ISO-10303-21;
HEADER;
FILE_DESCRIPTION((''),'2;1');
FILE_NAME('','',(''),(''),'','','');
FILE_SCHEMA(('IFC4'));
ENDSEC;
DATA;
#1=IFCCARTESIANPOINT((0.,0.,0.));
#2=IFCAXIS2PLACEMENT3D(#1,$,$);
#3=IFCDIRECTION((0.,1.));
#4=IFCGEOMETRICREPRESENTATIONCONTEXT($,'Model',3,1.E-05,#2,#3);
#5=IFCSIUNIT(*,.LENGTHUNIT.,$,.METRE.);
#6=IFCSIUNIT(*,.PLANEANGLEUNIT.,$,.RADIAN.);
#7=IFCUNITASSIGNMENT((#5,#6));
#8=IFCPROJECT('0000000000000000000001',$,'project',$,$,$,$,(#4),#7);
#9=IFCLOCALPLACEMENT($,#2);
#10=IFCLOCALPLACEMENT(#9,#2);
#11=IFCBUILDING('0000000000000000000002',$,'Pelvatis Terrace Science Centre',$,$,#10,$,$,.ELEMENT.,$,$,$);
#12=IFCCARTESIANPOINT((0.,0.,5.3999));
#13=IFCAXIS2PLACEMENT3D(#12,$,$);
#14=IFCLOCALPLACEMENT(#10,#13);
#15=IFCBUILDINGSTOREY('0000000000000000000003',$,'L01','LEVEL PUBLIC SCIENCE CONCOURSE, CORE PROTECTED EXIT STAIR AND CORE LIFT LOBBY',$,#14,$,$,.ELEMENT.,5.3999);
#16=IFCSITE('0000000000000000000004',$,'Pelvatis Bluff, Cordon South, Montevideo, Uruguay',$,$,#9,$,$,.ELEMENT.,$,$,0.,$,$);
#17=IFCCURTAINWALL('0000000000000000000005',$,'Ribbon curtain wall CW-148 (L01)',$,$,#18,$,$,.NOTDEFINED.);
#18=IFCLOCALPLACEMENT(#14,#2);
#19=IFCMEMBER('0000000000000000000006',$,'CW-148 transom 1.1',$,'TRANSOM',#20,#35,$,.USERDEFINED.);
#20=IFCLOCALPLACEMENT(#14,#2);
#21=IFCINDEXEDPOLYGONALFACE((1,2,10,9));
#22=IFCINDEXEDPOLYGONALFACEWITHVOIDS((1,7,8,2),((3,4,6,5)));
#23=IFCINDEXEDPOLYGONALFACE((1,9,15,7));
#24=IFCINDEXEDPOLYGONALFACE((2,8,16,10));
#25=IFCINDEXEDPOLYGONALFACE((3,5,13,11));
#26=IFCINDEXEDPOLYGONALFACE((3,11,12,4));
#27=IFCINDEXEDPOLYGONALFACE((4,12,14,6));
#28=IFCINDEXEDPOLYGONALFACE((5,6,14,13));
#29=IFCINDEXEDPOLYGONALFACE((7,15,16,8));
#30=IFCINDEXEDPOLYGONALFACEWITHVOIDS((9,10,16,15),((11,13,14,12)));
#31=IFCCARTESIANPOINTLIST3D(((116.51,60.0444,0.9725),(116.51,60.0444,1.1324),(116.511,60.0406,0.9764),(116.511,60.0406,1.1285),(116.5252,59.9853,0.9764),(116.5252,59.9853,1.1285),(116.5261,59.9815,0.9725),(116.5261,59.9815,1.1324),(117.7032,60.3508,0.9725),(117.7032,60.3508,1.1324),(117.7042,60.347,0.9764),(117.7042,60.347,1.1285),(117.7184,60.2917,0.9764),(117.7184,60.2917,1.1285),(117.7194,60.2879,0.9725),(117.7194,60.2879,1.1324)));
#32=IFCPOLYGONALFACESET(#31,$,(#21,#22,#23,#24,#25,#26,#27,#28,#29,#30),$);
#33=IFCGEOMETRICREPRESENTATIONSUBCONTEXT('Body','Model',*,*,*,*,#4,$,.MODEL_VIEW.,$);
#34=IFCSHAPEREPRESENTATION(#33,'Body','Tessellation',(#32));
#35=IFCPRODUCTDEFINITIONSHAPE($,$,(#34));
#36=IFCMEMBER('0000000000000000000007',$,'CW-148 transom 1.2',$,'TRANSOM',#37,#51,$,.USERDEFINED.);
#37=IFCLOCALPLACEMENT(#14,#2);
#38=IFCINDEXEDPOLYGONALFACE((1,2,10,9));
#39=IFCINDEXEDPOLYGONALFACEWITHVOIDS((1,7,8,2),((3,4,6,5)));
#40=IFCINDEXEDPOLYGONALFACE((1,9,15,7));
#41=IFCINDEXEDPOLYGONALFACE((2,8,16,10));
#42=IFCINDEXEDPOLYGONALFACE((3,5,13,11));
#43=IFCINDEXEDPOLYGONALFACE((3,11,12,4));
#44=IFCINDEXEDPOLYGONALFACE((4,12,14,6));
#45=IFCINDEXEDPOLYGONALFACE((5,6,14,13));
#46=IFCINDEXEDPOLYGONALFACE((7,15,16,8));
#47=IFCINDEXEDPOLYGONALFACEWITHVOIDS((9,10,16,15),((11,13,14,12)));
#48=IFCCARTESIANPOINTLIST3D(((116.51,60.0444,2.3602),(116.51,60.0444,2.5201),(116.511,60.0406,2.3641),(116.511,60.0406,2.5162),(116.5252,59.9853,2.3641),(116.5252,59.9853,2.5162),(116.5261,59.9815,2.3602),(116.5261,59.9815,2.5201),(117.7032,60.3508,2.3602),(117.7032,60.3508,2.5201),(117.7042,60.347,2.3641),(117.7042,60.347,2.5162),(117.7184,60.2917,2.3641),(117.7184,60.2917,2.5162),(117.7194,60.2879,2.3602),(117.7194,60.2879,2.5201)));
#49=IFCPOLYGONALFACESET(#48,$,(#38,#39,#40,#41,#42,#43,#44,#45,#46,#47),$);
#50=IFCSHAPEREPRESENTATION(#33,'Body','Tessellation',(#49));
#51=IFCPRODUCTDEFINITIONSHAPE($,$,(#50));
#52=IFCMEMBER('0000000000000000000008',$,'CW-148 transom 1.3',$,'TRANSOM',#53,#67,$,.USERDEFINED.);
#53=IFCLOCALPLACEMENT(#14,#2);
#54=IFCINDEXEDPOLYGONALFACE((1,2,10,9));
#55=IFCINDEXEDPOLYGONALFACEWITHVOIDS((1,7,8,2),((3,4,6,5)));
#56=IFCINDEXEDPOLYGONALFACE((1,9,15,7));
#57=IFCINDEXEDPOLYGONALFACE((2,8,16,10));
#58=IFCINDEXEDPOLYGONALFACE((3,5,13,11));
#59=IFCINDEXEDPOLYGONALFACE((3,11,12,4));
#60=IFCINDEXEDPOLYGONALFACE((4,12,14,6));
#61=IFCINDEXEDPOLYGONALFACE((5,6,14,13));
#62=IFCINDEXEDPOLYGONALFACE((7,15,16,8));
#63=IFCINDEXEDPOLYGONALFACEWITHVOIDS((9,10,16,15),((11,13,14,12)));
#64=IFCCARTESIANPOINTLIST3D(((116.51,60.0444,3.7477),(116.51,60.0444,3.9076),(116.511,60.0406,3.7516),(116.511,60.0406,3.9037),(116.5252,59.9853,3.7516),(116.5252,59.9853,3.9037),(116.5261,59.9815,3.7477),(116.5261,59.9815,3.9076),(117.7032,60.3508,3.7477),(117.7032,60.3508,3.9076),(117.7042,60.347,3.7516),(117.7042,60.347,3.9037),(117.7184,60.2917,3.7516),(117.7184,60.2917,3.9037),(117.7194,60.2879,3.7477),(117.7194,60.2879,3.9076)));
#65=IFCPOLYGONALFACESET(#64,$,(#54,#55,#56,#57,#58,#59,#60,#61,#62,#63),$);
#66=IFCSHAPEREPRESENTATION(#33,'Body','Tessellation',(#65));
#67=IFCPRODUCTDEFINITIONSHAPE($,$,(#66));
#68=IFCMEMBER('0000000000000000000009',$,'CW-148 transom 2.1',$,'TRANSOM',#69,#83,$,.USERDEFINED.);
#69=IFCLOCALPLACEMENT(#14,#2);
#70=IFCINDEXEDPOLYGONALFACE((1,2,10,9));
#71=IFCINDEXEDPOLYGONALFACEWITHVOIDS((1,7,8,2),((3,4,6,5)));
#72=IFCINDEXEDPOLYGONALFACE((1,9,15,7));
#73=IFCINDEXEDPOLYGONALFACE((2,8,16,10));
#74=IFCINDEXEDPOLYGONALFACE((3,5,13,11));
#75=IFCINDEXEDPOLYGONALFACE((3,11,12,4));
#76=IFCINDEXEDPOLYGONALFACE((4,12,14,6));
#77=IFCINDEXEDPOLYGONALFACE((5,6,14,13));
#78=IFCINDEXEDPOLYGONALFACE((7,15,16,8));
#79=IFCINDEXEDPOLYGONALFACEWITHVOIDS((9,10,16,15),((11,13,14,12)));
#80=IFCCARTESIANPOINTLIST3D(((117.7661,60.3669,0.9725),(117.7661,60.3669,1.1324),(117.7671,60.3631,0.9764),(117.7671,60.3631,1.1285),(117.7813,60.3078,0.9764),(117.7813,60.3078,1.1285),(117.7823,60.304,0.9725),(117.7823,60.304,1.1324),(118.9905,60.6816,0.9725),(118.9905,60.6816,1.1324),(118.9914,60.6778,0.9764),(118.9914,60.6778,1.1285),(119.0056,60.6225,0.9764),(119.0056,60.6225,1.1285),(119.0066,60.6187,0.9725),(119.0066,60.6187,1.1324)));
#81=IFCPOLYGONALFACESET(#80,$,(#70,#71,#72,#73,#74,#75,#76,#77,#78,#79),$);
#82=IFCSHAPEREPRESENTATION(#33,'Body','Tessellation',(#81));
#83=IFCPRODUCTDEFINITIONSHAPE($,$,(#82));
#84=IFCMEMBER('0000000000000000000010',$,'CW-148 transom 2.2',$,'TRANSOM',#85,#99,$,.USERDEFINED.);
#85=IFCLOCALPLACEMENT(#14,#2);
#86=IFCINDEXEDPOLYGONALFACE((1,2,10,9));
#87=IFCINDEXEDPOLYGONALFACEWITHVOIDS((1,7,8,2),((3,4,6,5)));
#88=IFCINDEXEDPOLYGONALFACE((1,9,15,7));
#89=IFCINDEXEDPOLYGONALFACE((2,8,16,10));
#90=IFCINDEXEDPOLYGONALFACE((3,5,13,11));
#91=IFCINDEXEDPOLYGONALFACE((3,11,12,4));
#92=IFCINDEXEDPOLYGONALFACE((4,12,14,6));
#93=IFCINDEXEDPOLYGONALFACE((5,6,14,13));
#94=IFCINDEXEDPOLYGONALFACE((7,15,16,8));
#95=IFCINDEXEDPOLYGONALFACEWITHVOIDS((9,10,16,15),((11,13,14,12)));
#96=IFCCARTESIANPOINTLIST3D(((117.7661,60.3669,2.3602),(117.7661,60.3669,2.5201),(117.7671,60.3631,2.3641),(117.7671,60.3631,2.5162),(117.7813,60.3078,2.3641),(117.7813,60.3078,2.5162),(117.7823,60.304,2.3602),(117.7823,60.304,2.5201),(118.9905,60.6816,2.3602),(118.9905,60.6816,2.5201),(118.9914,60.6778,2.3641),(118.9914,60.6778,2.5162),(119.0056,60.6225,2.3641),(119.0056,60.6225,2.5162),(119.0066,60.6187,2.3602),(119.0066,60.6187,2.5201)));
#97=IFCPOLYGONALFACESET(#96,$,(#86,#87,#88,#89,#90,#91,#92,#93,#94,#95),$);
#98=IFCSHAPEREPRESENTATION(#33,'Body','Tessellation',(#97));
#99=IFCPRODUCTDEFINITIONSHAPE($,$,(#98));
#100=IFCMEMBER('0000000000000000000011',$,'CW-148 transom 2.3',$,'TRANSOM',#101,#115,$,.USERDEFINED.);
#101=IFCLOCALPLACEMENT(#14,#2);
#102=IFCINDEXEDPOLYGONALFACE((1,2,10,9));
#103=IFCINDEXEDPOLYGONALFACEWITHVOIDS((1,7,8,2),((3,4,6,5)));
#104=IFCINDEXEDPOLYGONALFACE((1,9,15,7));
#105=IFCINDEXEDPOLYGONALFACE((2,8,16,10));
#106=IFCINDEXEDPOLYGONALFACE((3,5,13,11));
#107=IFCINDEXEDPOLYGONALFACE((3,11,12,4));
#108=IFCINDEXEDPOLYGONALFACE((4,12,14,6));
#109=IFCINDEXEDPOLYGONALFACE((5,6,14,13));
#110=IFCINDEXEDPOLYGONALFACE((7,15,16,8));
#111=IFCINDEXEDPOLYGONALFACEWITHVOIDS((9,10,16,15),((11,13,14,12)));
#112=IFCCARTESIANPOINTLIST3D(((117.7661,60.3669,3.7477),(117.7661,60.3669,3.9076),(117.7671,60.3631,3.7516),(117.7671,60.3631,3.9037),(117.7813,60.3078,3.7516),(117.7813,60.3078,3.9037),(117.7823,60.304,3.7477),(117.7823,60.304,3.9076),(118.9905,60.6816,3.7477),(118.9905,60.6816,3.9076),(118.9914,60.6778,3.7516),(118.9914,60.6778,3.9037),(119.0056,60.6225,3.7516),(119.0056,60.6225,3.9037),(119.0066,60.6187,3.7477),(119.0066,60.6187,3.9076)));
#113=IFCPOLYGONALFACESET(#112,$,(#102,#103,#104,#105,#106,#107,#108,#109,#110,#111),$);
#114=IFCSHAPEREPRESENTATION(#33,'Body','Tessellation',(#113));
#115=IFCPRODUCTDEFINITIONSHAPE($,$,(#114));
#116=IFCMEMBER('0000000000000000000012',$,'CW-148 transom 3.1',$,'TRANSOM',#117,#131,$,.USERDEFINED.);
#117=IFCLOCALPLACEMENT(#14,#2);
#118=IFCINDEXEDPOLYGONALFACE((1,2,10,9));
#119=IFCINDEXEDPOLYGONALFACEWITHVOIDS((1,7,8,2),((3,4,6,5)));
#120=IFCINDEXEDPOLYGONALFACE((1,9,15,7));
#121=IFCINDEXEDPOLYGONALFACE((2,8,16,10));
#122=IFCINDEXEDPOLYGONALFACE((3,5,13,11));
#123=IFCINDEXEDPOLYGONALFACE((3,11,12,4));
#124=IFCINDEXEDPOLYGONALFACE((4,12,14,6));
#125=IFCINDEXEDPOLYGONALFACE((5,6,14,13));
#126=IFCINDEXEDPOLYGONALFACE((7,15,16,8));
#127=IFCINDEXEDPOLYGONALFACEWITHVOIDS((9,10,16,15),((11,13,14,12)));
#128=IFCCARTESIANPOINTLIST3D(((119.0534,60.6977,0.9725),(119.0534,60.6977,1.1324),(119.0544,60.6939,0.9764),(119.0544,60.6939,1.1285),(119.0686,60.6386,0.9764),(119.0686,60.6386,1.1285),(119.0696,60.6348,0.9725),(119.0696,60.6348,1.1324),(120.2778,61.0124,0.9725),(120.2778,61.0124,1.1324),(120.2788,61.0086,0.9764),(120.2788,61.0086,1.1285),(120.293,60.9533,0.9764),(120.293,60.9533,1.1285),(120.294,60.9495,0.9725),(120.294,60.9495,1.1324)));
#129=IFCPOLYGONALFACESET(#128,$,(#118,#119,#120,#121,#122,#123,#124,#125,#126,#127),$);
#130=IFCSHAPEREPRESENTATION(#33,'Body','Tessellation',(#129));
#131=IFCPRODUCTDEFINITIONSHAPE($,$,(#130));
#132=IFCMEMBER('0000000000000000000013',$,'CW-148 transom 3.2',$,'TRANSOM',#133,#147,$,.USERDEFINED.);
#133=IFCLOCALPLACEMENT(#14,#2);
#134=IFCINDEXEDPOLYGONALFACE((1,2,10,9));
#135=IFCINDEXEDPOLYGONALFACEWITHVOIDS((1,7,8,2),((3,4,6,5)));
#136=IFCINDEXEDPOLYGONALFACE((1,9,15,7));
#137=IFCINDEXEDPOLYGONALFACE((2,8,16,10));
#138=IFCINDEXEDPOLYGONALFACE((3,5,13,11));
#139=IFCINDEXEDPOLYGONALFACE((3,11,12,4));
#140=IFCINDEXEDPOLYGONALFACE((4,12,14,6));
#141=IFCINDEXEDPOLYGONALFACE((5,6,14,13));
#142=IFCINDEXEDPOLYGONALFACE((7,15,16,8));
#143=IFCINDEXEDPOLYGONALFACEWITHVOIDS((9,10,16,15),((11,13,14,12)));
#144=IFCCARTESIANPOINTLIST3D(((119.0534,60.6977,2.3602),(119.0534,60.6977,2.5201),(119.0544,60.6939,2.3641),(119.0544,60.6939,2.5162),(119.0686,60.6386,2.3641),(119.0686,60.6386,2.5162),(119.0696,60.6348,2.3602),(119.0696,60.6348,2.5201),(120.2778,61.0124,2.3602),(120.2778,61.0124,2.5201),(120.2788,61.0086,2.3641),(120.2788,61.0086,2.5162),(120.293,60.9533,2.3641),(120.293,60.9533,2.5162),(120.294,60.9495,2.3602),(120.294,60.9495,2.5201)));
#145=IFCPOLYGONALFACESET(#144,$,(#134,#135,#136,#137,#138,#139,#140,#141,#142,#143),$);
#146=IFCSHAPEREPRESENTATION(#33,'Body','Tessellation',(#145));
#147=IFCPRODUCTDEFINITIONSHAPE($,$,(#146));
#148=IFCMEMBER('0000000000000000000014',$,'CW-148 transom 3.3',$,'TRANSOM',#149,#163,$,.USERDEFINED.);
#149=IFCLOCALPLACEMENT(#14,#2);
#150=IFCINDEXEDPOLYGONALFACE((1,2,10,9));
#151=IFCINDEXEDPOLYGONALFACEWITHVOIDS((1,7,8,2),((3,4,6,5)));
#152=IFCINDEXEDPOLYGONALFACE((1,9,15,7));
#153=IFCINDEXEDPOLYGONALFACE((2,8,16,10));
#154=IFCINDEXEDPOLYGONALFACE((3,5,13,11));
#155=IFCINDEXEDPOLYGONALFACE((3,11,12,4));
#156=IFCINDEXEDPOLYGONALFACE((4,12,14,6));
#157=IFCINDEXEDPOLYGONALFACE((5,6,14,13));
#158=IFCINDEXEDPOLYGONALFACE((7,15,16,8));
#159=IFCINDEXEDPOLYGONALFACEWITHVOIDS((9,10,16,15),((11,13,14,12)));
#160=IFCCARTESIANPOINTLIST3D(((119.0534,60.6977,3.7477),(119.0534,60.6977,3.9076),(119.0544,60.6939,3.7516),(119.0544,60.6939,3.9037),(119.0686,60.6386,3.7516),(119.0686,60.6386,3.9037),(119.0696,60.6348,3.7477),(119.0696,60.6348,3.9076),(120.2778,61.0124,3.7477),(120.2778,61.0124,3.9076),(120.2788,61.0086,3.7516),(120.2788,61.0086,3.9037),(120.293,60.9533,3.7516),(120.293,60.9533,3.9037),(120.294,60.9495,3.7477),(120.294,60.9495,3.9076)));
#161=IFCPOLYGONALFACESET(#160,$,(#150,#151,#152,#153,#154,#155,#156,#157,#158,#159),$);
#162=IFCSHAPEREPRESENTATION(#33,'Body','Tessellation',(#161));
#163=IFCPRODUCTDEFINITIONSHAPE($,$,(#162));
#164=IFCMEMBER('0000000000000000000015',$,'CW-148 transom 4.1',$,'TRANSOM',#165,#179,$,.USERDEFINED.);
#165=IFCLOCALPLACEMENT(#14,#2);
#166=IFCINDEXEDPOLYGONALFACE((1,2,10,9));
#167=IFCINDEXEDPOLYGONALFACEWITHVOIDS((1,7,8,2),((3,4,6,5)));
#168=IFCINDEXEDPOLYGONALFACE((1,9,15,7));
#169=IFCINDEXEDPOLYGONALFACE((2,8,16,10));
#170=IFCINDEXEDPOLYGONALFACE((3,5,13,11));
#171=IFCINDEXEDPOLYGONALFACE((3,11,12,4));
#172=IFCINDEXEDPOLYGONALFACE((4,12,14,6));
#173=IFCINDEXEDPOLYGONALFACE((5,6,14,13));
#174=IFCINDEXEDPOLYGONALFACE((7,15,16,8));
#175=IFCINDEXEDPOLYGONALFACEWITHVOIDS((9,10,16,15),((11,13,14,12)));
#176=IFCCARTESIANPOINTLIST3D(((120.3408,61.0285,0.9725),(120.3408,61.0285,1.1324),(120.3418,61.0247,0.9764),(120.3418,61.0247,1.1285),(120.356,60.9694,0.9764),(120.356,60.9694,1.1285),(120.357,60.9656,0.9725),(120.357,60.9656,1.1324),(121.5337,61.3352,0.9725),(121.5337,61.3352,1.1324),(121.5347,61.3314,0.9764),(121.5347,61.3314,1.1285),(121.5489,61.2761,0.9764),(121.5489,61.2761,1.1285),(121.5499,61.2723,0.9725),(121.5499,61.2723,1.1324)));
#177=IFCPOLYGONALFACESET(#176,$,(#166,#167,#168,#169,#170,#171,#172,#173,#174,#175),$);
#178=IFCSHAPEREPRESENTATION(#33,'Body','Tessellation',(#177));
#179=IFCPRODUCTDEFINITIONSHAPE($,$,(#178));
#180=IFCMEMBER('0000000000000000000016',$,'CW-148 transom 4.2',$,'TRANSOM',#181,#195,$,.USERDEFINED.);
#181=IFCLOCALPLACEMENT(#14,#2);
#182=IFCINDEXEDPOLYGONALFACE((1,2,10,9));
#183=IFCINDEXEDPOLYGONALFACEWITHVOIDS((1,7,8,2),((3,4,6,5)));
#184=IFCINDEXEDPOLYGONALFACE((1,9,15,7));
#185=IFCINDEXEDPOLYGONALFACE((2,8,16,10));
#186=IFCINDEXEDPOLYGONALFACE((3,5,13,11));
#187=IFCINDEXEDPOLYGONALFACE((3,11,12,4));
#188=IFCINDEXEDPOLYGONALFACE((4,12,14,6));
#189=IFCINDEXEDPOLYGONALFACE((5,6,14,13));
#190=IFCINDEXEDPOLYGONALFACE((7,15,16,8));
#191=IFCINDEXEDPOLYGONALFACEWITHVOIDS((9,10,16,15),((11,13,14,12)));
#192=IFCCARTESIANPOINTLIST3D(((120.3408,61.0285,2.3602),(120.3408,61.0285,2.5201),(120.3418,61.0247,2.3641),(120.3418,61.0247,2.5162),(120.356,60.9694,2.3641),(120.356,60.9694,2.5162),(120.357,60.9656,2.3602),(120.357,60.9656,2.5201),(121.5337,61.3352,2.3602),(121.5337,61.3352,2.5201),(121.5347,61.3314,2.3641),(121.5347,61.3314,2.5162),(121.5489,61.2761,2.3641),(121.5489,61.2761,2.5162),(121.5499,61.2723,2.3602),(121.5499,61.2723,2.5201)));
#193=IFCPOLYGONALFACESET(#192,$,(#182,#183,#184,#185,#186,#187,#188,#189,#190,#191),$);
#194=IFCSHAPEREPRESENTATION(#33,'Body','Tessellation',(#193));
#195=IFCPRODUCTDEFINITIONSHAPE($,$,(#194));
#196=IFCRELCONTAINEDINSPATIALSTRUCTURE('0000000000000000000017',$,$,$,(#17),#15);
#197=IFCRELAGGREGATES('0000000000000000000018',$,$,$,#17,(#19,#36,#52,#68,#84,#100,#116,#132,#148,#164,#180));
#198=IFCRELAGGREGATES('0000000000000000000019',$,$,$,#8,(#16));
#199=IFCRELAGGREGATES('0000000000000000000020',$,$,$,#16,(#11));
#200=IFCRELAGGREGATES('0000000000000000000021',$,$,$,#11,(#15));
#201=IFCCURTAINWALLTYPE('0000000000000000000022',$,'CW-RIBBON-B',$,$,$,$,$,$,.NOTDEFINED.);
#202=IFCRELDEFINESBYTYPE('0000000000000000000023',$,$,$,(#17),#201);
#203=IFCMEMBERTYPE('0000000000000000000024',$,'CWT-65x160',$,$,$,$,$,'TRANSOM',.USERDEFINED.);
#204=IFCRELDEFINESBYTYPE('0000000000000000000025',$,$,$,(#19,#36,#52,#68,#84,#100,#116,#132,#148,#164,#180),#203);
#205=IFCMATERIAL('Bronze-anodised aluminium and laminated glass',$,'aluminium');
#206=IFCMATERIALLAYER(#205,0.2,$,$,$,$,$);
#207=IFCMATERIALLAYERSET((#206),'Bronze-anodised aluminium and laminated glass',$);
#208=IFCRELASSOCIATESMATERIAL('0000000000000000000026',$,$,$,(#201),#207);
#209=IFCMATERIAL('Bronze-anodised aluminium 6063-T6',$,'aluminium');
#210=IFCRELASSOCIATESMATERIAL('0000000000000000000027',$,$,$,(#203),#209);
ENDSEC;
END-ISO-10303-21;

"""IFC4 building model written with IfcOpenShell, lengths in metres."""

from ifc_helpers import new_model, si_unit, direction, frame, origin, origin_2d, place, context, subcontext, project, spatial, hollow_rectangle, extrude, material, layer, layer_set, material_profile, profile_set, type_object, element, aggregate, save


model = new_model("IFC4")

# Units and contexts
model_context = context("Model", 3, precision=1e-05, world=origin(), true_north=direction((0.0, 1.0)))
body_context = subcontext(model_context, "Body", "Model", "MODEL_VIEW")
ifc_project = project(units=[si_unit("LENGTHUNIT", "METRE"), si_unit("PLANEANGLEUNIT", "RADIAN")], contexts=[model_context])

# Site, building, storey
site_placement = place(None, origin())
site = spatial("IfcSite", under=ifc_project, at=site_placement, Name="Pelvatis Bluff, Cordon South, Montevideo, Uruguay", CompositionType="ELEMENT", RefElevation=0.0)
building_placement = place(site_placement, origin())
building = spatial("IfcBuilding", under=site, at=building_placement, Name="Pelvatis Terrace Science Centre", CompositionType="ELEMENT")
storey_placement = place(building_placement, frame((0.0, 0.0, 5.3999)))
storey = spatial("IfcBuildingStorey", under=building, at=storey_placement, Name="L01", Description="LEVEL PUBLIC SCIENCE CONCOURSE, CORE PROTECTED EXIT STAIR AND CORE LIFT LOBBY", CompositionType="ELEMENT", Elevation=5.3999)

# Shared definitions
ifc_material_1 = material(Name="Bronze-anodised aluminium and laminated glass", Category="aluminium")
ifc_layer_1 = layer(ifc_material_1, 0.2)
ifc_layer_set_1 = layer_set([ifc_layer_1], Name="Bronze-anodised aluminium and laminated glass")
curtain_wall_type = type_object("IfcCurtainWallType", Name="CW-RIBBON-B", PredefinedType="NOTDEFINED", material=ifc_layer_set_1)

# Curtain wall
curtain_wall_1_placement = place(storey_placement, origin())
curtain_wall_1 = element("IfcCurtainWall", 1, at=curtain_wall_1_placement, inside=storey, type_object=curtain_wall_type, Name="Ribbon curtain wall CW-148 (L01)", PredefinedType="NOTDEFINED")

# Members
ifc_material_2 = material(Name="Bronze-anodised aluminium 6063-T6", Category="aluminium")
ifc_material_profile_1 = material_profile(ifc_material_2, hollow_rectangle(XDim=0.0649, YDim=0.1599, WallThickness=0.0039, at=origin_2d()), Name="ALU-TRN 65x160")
ifc_profile_set_1 = profile_set([ifc_material_profile_1], Name="Bronze-anodised aluminium 6063-T6")
member_type_1 = type_object("IfcMemberType", Name="CWT-65x160", ElementType="TRANSOM", PredefinedType="USERDEFINED", material=ifc_profile_set_1)
member_1_placement = place(storey_placement, frame((116.5181, 60.0129, 1.0525), z_axis=(0.968572, 0.248733, 0.0), x_axis=(-0.248733, 0.968572, 0.0)))
member_1 = element("IfcMember", 2, at=member_1_placement, type_object=member_type_1, Name="CW-148 transom 1.1", ObjectType="TRANSOM", PredefinedType="USERDEFINED", context=body_context, shape_type="SweptSolid", body=[
    extrude(hollow_rectangle(XDim=0.0649, YDim=0.1599, WallThickness=0.0039, at=origin_2d()), origin(), (0.0, 0.0, 1.0), 1.2319),
])
member_2_placement = place(storey_placement, frame((116.5181, 60.0129, 2.4402), z_axis=(0.968572, 0.248733, 0.0), x_axis=(-0.248733, 0.968572, 0.0)))
member_2 = element("IfcMember", 3, at=member_2_placement, type_object=member_type_1, Name="CW-148 transom 1.2", ObjectType="TRANSOM", PredefinedType="USERDEFINED", context=body_context, shape_type="SweptSolid", body=[
    extrude(hollow_rectangle(XDim=0.0649, YDim=0.1599, WallThickness=0.0039, at=origin_2d()), origin(), (0.0, 0.0, 1.0), 1.2319),
])
member_3_placement = place(storey_placement, frame((116.5181, 60.0129, 3.8276), z_axis=(0.968572, 0.248733, 0.0), x_axis=(-0.248733, 0.968572, 0.0)))
member_3 = element("IfcMember", 4, at=member_3_placement, type_object=member_type_1, Name="CW-148 transom 1.3", ObjectType="TRANSOM", PredefinedType="USERDEFINED", context=body_context, shape_type="SweptSolid", body=[
    extrude(hollow_rectangle(XDim=0.0649, YDim=0.1599, WallThickness=0.0039, at=origin_2d()), origin(), (0.0, 0.0, 1.0), 1.2319),
])
member_4_placement = place(storey_placement, frame((117.7742, 60.3354, 1.0525), z_axis=(0.96852, 0.248938, 0.0), x_axis=(-0.248938, 0.96852, 0.0)))
member_4 = element("IfcMember", 5, at=member_4_placement, type_object=member_type_1, Name="CW-148 transom 2.1", ObjectType="TRANSOM", PredefinedType="USERDEFINED", context=body_context, shape_type="SweptSolid", body=[
    extrude(hollow_rectangle(XDim=0.0649, YDim=0.1599, WallThickness=0.0039, at=origin_2d()), origin(), (0.0, 0.0, 1.0), 1.2642),
])
member_5_placement = place(storey_placement, frame((117.7742, 60.3354, 2.4402), z_axis=(0.96852, 0.248938, 0.0), x_axis=(-0.248938, 0.96852, 0.0)))
member_5 = element("IfcMember", 6, at=member_5_placement, type_object=member_type_1, Name="CW-148 transom 2.2", ObjectType="TRANSOM", PredefinedType="USERDEFINED", context=body_context, shape_type="SweptSolid", body=[
    extrude(hollow_rectangle(XDim=0.0649, YDim=0.1599, WallThickness=0.0039, at=origin_2d()), origin(), (0.0, 0.0, 1.0), 1.2642),
])
member_6_placement = place(storey_placement, frame((117.7742, 60.3354, 3.8276), z_axis=(0.96852, 0.248938, 0.0), x_axis=(-0.248938, 0.96852, 0.0)))
member_6 = element("IfcMember", 7, at=member_6_placement, type_object=member_type_1, Name="CW-148 transom 2.3", ObjectType="TRANSOM", PredefinedType="USERDEFINED", context=body_context, shape_type="SweptSolid", body=[
    extrude(hollow_rectangle(XDim=0.0649, YDim=0.1599, WallThickness=0.0039, at=origin_2d()), origin(), (0.0, 0.0, 1.0), 1.2642),
])
member_7_placement = place(storey_placement, frame((119.0615, 60.6663, 1.0525), z_axis=(0.96852, 0.248938, 0.0), x_axis=(-0.248938, 0.96852, 0.0)))
member_7 = element("IfcMember", 8, at=member_7_placement, type_object=member_type_1, Name="CW-148 transom 3.1", ObjectType="TRANSOM", PredefinedType="USERDEFINED", context=body_context, shape_type="SweptSolid", body=[
    extrude(hollow_rectangle(XDim=0.0649, YDim=0.1599, WallThickness=0.0039, at=origin_2d()), origin(), (0.0, 0.0, 1.0), 1.2642),
])
member_8_placement = place(storey_placement, frame((119.0615, 60.6663, 2.4402), z_axis=(0.96852, 0.248938, 0.0), x_axis=(-0.248938, 0.96852, 0.0)))
member_8 = element("IfcMember", 9, at=member_8_placement, type_object=member_type_1, Name="CW-148 transom 3.2", ObjectType="TRANSOM", PredefinedType="USERDEFINED", context=body_context, shape_type="SweptSolid", body=[
    extrude(hollow_rectangle(XDim=0.0649, YDim=0.1599, WallThickness=0.0039, at=origin_2d()), origin(), (0.0, 0.0, 1.0), 1.2642),
])
member_9_placement = place(storey_placement, frame((119.0615, 60.6663, 3.8276), z_axis=(0.96852, 0.248938, 0.0), x_axis=(-0.248938, 0.96852, 0.0)))
member_9 = element("IfcMember", 10, at=member_9_placement, type_object=member_type_1, Name="CW-148 transom 3.3", ObjectType="TRANSOM", PredefinedType="USERDEFINED", context=body_context, shape_type="SweptSolid", body=[
    extrude(hollow_rectangle(XDim=0.0649, YDim=0.1599, WallThickness=0.0039, at=origin_2d()), origin(), (0.0, 0.0, 1.0), 1.2642),
])
member_10_placement = place(storey_placement, frame((120.3489, 60.9971, 1.0525), z_axis=(0.968512, 0.248967, 0.0), x_axis=(-0.248967, 0.968512, 0.0)))
member_10 = element("IfcMember", 11, at=member_10_placement, type_object=member_type_1, Name="CW-148 transom 4.1", ObjectType="TRANSOM", PredefinedType="USERDEFINED", context=body_context, shape_type="SweptSolid", body=[
    extrude(hollow_rectangle(XDim=0.0649, YDim=0.1599, WallThickness=0.0039, at=origin_2d()), origin(), (0.0, 0.0, 1.0), 1.2317),
])
member_11_placement = place(storey_placement, frame((120.3489, 60.9971, 2.4402), z_axis=(0.968512, 0.248967, 0.0), x_axis=(-0.248967, 0.968512, 0.0)))
member_11 = element("IfcMember", 12, at=member_11_placement, type_object=member_type_1, Name="CW-148 transom 4.2", ObjectType="TRANSOM", PredefinedType="USERDEFINED", context=body_context, shape_type="SweptSolid", body=[
    extrude(hollow_rectangle(XDim=0.0649, YDim=0.1599, WallThickness=0.0039, at=origin_2d()), origin(), (0.0, 0.0, 1.0), 1.2317),
])

aggregate(curtain_wall_1, [member_1, member_2, member_3, member_4, member_5, member_6, member_7, member_8, member_9, member_10, member_11])

save(model, "model.ifc")
